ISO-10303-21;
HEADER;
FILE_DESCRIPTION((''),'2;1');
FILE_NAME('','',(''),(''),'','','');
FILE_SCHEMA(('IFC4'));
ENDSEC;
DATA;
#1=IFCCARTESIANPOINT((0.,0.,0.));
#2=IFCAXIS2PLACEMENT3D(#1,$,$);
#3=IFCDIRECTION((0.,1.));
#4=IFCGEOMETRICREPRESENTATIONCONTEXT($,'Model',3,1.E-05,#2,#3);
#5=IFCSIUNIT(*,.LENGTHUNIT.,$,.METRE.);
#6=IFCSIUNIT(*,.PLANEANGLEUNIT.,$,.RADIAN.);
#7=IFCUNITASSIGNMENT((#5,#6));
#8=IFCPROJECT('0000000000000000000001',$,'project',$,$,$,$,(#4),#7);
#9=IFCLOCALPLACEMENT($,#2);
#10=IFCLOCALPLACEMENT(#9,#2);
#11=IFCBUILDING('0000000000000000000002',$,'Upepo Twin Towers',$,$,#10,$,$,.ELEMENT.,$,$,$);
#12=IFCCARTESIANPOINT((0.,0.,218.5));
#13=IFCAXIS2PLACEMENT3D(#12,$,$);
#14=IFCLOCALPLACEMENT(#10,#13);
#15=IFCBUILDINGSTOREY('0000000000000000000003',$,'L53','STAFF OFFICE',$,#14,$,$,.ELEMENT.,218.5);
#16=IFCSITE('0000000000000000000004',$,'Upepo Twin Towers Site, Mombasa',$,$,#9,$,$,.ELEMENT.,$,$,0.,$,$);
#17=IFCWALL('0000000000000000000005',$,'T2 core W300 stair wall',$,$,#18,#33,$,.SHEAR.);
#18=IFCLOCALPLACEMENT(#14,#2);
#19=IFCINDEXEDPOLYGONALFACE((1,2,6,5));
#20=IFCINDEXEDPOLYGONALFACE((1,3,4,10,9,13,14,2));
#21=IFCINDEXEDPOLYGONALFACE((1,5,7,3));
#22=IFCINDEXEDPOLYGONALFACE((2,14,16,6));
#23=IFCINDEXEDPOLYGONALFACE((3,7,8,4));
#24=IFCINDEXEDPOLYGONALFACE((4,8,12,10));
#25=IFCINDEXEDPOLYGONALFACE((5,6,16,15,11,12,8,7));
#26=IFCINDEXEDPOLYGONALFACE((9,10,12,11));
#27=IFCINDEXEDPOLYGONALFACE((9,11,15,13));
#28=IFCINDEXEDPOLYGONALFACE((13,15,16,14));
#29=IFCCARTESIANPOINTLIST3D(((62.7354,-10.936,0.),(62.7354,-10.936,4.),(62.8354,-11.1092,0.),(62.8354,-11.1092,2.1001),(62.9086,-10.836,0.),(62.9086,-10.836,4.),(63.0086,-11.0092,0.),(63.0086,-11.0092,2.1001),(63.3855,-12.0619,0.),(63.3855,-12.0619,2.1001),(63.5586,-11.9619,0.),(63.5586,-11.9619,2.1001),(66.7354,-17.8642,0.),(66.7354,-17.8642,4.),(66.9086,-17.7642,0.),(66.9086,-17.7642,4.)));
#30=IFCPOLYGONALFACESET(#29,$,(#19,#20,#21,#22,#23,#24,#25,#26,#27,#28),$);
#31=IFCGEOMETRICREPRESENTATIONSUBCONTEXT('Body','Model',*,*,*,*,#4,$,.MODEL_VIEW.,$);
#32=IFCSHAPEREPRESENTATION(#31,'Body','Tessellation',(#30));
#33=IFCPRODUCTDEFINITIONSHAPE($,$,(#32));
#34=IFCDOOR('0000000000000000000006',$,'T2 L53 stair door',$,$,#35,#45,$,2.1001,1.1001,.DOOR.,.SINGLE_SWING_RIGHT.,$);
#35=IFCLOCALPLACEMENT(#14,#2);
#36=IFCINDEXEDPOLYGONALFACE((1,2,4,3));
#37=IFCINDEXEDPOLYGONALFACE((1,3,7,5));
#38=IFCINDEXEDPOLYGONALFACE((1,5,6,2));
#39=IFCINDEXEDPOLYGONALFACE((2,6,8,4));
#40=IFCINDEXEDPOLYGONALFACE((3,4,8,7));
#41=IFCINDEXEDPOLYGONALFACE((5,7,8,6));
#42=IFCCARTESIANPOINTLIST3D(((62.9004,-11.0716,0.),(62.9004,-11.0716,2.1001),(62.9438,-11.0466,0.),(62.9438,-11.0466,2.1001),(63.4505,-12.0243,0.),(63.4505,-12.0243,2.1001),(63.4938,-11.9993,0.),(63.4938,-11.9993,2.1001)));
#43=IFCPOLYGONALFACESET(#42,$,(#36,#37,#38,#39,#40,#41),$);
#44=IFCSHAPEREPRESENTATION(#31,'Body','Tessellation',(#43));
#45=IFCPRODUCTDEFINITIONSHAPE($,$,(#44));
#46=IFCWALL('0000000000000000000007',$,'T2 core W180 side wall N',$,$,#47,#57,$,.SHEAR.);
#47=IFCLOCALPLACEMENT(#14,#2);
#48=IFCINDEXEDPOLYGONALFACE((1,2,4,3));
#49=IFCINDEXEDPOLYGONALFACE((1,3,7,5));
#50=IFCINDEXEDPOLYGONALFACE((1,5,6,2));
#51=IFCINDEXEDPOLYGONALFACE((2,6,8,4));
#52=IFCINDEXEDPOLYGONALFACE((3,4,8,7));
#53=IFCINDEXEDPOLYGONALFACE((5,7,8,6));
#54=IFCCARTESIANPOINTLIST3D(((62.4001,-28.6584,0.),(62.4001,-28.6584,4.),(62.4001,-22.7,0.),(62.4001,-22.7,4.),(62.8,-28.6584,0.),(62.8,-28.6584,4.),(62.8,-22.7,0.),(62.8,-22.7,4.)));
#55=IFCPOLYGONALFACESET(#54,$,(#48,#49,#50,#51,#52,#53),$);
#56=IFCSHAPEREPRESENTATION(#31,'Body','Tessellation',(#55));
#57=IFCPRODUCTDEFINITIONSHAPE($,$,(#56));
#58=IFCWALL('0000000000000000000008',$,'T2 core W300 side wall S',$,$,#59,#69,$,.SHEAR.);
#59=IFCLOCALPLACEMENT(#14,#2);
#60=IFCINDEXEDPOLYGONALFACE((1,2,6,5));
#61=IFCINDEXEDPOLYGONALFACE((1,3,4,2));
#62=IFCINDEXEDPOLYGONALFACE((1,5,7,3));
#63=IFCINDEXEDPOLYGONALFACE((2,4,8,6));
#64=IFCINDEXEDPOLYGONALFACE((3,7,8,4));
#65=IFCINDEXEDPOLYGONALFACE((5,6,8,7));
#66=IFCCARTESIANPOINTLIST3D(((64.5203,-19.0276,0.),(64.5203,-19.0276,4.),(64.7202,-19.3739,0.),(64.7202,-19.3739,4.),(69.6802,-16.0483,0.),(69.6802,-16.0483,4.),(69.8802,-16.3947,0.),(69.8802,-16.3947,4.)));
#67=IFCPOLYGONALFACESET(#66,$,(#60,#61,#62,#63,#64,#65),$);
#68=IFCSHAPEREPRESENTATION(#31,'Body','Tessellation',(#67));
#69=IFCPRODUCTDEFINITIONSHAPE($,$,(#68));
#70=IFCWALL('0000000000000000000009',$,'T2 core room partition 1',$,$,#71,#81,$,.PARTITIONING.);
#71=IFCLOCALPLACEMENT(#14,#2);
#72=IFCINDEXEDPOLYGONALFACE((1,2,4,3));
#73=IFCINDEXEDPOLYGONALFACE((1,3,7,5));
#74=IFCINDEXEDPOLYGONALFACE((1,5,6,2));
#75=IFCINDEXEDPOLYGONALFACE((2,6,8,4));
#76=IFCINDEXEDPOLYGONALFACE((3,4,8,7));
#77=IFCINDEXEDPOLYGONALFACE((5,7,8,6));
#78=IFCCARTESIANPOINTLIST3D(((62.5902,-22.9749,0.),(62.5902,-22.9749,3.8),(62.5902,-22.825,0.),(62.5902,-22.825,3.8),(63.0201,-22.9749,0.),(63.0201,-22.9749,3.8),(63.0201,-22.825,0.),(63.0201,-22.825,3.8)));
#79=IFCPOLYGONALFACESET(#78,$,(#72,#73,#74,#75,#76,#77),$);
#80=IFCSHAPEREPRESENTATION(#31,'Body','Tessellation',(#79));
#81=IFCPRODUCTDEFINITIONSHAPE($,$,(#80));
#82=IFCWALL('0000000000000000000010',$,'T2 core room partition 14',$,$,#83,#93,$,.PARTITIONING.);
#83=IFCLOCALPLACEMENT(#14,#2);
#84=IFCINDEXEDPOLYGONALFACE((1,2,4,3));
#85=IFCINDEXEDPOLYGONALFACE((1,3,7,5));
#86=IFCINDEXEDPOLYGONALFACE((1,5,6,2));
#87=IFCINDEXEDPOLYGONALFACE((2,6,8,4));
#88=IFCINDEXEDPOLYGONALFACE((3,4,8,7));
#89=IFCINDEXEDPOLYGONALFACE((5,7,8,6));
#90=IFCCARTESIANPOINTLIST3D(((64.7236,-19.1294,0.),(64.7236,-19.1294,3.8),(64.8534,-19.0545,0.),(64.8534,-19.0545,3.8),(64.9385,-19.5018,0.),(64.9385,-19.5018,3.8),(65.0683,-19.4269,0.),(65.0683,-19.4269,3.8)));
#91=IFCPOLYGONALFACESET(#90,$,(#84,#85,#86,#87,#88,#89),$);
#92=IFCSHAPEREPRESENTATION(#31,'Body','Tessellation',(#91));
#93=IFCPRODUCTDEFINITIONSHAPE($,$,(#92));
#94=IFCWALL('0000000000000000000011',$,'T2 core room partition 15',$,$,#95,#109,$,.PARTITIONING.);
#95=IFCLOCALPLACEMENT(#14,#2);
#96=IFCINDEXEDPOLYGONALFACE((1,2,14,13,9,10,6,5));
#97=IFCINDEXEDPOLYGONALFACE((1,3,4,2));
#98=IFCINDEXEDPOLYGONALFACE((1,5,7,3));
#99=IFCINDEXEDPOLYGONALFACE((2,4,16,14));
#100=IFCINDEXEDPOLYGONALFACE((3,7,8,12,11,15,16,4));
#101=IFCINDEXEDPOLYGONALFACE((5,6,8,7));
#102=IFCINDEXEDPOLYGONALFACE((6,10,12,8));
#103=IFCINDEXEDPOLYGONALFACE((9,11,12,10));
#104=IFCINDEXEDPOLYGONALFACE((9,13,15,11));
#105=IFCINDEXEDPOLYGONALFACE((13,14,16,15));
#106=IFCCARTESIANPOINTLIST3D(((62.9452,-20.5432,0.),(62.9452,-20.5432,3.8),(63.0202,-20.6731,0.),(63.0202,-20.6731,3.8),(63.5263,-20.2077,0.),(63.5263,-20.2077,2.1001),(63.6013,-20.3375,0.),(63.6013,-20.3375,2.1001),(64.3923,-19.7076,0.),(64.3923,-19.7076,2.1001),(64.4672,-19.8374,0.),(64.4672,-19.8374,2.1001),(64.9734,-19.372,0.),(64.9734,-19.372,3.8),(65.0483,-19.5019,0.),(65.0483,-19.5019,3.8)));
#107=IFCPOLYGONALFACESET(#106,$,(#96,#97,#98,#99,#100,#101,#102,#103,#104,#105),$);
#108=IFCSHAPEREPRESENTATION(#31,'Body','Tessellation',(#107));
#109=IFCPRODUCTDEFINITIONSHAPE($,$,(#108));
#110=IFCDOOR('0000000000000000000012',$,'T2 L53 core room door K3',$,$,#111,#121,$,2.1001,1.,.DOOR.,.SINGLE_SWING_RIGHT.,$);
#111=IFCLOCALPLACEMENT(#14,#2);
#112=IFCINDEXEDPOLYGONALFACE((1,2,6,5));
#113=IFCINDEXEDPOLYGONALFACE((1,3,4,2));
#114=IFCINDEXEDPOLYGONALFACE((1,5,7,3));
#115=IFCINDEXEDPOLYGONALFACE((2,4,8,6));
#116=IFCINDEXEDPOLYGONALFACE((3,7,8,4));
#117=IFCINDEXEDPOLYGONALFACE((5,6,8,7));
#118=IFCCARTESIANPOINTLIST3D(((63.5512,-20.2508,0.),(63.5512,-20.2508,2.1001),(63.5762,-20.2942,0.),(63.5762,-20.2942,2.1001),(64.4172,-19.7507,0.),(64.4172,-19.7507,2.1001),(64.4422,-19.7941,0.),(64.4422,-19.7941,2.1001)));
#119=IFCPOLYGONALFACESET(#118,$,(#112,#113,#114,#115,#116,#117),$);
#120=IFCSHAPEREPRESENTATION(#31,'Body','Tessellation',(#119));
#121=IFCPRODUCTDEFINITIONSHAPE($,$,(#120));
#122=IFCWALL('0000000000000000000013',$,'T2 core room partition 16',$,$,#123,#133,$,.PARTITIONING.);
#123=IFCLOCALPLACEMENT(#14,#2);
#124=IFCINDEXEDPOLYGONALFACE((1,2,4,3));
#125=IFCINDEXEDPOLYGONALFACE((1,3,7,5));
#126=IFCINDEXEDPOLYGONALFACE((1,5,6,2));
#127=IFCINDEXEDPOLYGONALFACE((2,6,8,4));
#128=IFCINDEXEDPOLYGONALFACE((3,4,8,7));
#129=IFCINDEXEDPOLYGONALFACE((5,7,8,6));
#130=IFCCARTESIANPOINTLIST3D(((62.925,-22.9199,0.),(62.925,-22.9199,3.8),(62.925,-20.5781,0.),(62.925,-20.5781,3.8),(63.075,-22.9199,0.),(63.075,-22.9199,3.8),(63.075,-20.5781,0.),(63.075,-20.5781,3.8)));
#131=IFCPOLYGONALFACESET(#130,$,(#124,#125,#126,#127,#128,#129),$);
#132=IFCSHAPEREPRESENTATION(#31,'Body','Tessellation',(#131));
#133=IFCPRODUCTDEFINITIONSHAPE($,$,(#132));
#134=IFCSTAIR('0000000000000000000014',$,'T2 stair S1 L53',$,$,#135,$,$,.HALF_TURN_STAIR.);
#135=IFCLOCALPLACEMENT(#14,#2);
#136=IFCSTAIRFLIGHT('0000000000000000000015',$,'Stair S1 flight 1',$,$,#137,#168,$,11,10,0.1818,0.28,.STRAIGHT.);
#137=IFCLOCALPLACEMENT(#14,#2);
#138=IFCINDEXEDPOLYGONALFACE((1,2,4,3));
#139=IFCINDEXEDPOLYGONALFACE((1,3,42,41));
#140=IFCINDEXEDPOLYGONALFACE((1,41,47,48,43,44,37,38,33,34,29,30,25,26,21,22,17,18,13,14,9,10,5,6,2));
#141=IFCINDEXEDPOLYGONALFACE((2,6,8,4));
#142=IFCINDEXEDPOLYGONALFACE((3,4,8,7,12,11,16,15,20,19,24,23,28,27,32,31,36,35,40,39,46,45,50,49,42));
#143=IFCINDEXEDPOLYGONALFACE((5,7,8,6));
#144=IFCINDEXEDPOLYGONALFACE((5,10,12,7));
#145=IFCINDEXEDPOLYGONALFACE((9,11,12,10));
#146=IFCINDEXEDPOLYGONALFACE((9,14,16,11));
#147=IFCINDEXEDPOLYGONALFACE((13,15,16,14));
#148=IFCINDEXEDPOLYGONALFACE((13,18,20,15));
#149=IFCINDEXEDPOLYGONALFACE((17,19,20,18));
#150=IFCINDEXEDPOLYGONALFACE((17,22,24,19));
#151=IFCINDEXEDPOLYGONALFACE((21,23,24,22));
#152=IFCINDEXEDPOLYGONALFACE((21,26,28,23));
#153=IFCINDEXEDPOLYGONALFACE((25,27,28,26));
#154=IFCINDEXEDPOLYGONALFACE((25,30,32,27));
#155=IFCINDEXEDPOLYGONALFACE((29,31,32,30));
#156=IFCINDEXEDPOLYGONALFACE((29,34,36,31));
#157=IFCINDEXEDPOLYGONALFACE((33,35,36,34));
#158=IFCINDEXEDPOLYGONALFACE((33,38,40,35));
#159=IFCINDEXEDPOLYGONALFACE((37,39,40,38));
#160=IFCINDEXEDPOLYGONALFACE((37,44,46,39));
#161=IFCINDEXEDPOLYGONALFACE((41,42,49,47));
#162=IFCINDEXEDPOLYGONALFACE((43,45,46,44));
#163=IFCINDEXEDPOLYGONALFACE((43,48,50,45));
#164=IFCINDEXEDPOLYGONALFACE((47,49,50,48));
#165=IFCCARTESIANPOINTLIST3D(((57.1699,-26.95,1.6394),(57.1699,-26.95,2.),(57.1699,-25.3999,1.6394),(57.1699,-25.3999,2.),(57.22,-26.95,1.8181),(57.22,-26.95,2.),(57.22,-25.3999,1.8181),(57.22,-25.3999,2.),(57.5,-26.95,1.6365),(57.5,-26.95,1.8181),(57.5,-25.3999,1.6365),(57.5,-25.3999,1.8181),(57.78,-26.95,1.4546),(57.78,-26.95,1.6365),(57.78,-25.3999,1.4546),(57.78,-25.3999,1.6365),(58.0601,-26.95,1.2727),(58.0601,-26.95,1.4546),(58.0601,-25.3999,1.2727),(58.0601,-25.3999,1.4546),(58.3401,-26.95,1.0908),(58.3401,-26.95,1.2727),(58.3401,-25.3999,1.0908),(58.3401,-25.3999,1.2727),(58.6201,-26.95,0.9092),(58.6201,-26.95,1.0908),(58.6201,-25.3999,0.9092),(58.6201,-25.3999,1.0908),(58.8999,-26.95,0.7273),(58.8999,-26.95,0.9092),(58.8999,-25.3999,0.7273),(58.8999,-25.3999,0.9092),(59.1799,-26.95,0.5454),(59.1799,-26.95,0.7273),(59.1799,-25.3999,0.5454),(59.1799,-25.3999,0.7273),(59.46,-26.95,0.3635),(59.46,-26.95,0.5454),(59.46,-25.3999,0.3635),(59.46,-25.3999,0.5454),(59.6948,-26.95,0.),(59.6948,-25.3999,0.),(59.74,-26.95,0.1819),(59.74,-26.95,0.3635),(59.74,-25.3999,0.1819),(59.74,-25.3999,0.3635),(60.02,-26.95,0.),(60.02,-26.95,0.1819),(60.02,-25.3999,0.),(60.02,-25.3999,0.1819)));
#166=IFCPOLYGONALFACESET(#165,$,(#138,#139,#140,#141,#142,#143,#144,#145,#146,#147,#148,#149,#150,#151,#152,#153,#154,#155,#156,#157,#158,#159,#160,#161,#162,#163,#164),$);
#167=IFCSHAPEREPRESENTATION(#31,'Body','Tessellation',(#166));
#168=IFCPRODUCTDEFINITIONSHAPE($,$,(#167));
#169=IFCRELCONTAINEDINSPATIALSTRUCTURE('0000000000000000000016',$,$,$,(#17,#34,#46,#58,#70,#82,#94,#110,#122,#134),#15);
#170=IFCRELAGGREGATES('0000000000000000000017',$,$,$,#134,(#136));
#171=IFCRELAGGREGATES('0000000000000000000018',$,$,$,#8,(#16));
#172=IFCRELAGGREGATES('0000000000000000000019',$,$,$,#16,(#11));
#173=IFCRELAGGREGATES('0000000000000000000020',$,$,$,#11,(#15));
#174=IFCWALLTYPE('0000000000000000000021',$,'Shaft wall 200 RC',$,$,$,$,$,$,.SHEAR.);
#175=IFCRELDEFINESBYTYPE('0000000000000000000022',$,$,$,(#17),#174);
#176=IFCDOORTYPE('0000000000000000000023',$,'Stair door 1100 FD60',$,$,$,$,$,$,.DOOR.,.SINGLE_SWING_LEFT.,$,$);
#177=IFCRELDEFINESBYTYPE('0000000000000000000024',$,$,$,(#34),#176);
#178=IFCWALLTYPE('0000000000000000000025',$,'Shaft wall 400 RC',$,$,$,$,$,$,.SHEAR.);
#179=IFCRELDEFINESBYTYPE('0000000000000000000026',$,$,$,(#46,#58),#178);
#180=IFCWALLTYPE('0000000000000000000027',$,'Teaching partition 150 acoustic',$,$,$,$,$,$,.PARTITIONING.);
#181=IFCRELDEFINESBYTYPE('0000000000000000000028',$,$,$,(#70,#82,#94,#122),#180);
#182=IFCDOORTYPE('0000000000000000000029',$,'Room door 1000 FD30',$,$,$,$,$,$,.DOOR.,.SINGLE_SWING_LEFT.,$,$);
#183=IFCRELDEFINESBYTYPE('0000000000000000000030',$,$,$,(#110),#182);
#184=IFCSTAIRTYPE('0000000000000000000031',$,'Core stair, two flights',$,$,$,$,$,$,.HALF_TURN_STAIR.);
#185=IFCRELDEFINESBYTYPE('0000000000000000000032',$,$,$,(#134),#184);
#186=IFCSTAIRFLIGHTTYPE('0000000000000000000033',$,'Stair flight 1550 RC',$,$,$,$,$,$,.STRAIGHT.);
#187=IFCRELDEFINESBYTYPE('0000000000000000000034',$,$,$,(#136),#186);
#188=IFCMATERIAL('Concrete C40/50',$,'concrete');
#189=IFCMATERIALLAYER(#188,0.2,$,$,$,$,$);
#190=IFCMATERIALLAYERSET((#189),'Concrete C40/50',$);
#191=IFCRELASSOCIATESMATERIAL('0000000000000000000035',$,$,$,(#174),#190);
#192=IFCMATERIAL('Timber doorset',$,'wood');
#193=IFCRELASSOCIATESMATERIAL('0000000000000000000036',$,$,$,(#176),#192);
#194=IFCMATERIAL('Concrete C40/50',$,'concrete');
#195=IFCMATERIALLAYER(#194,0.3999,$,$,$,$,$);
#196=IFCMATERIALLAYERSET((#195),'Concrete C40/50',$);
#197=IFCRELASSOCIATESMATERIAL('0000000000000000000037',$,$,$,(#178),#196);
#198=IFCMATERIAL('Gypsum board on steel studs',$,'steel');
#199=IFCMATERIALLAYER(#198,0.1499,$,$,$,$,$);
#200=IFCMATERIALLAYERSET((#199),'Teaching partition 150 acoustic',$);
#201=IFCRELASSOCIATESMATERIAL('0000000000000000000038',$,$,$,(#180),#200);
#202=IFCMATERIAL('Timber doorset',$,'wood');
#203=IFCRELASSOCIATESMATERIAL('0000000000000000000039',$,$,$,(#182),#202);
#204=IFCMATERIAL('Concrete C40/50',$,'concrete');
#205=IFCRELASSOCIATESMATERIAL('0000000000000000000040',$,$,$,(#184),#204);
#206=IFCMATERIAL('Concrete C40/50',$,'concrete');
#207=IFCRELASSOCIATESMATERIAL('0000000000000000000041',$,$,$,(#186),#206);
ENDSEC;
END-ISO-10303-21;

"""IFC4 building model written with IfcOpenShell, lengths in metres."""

from ifc_helpers import new_model, si_unit, direction, frame, frame_2d, origin, place, context, subcontext, project, spatial, polyline, rectangle, outline, extrude, material, layer, layer_set, type_object, element, fill, aggregate, save


model = new_model("IFC4")

# Units and contexts
model_context = context("Model", 3, precision=1e-05, world=origin(), true_north=direction((0.0, 1.0)))
body_context = subcontext(model_context, "Body", "Model", "MODEL_VIEW")
ifc_project = project(units=[si_unit("LENGTHUNIT", "METRE"), si_unit("PLANEANGLEUNIT", "RADIAN")], contexts=[model_context])

# Site, building, storey
site_placement = place(None, origin())
site = spatial("IfcSite", under=ifc_project, at=site_placement, Name="Upepo Twin Towers Site, Mombasa", CompositionType="ELEMENT", RefElevation=0.0)
building_placement = place(site_placement, origin())
building = spatial("IfcBuilding", under=site, at=building_placement, Name="Upepo Twin Towers", CompositionType="ELEMENT")
storey_placement = place(building_placement, frame((0.0, 0.0, 218.5)))
storey = spatial("IfcBuildingStorey", under=building, at=storey_placement, Name="L53", Description="STAFF OFFICE", CompositionType="ELEMENT", Elevation=218.5)

# Shared definitions
ifc_material_1 = material(Name="Concrete C40/50", Category="concrete")
ifc_layer_1 = layer(ifc_material_1, 0.2)
ifc_layer_set_1 = layer_set([ifc_layer_1], Name="Concrete C40/50")
wall_type_1 = type_object("IfcWallType", Name="Shaft wall 200 RC", PredefinedType="SHEAR", material=ifc_layer_set_1)

# Wall, opening, door
wall_1_placement = place(storey_placement, frame((66.822, -17.8142, 0.0), z_axis=(0.0, 0.0, 1.0), x_axis=(-0.499999, 0.866026, 0.0)))
wall_1 = element("IfcWall", 1, at=wall_1_placement, inside=storey, type_object=wall_type_1, Name="T2 core W300 stair wall", PredefinedType="SHEAR", context=body_context, shape_type="SweptSolid", body=[
    extrude(rectangle(XDim=8.0, YDim=0.2, at=frame_2d((4.0, 0.0))), origin(), (0.0, 0.0, 1.0), 4.0),
])
opening_1_placement = place(wall_1_placement, frame((6.7, 0.0, 0.0)))
opening_1 = element("IfcOpeningElement", 2, at=opening_1_placement, cuts=wall_1, PredefinedType="OPENING", context=body_context, shape_type="SweptSolid", body=[
    extrude(rectangle(XDim=1.1001, YDim=2.1001, at=frame_2d((0.55, 1.05))), frame((0.0, 0.1099, 0.0), z_axis=(0.0, -1.0, 0.0), x_axis=(1.0, 0.0, 0.0)), (0.0, 0.0, 1.0), 0.22),
])
ifc_material_2 = material(Name="Timber doorset", Category="wood")
door_type_1 = type_object("IfcDoorType", Name="Stair door 1100 FD60", OperationType="SINGLE_SWING_LEFT", PredefinedType="DOOR", material=ifc_material_2)
door_1_placement = place(opening_1_placement, origin())
door_1 = element("IfcDoor", 3, at=door_1_placement, inside=storey, type_object=door_type_1, Name="T2 L53 stair door", OperationType="SINGLE_SWING_RIGHT", OverallHeight=2.1001, OverallWidth=1.1001, PredefinedType="DOOR", context=body_context, shape_type="SweptSolid", body=[
    extrude(rectangle(XDim=1.1001, YDim=2.1001, at=frame_2d((0.55, 1.05))), frame((0.0, 0.0249, 0.0), z_axis=(0.0, -1.0, 0.0), x_axis=(1.0, 0.0, 0.0)), (0.0, 0.0, 1.0), 0.05),
])
fill(opening_1, door_1)

# Walls
ifc_material_3 = material(Name="Concrete C40/50", Category="concrete")
ifc_layer_2 = layer(ifc_material_3, 0.3999)
ifc_layer_set_2 = layer_set([ifc_layer_2], Name="Concrete C40/50")
wall_type_2 = type_object("IfcWallType", Name="Shaft wall 400 RC", PredefinedType="SHEAR", material=ifc_layer_set_2)
wall_2_placement = place(storey_placement, frame((62.6001, -22.7, 0.0), z_axis=(0.0, 0.0, 1.0), x_axis=(0.0, -1.0, 0.0)))
element("IfcWall", 4, at=wall_2_placement, inside=storey, type_object=wall_type_2, Name="T2 core W180 side wall N", PredefinedType="SHEAR", context=body_context, shape_type="SweptSolid", body=[
    extrude(rectangle(XDim=5.9585, YDim=0.3999, at=frame_2d((2.9792, 0.0))), origin(), (0.0, 0.0, 1.0), 4.0),
])
wall_3_placement = place(storey_placement, frame((64.6204, -19.2007, 0.0), z_axis=(0.0, 0.0, 1.0), x_axis=(0.866013, 0.500022, 0.0)))
element("IfcWall", 5, at=wall_3_placement, inside=storey, type_object=wall_type_2, Name="T2 core W300 side wall S", PredefinedType="SHEAR", context=body_context, shape_type="SweptSolid", body=[
    extrude(rectangle(XDim=5.9583, YDim=0.3999, at=frame_2d((2.979, 0.0))), origin(), (0.0, 0.0, 1.0), 4.0),
])
ifc_material_4 = material(Name="Gypsum board on steel studs", Category="steel")
ifc_layer_3 = layer(ifc_material_4, 0.1499)
ifc_layer_set_3 = layer_set([ifc_layer_3], Name="Teaching partition 150 acoustic")
wall_type_3 = type_object("IfcWallType", Name="Teaching partition 150 acoustic", PredefinedType="PARTITIONING", material=ifc_layer_set_3)
for number, where, z_axis, x_axis, name in (
    (6, (63.02, -22.8999, 0.0), (0.0, 0.0, 1.0), (-1.0, 0.0, 0.0), "T2 core room partition 1"),
    (7, (64.7886, -19.092, 0.0), (0.0, 0.0, 1.0), (0.499804, -0.866138, 0.0), "T2 core room partition 14"),
):
    element("IfcWall", number, at=place(storey_placement, frame(where, z_axis=z_axis, x_axis=x_axis)), inside=storey, type_object=wall_type_3, Name=name, PredefinedType="PARTITIONING", context=body_context, shape_type="SweptSolid", body=[
        extrude(rectangle(XDim=0.4299, YDim=0.1499, at=frame_2d((0.2148, 0.0))), origin(), (0.0, 0.0, 1.0), 3.8),
    ])

# Wall, opening, door
wall_4_placement = place(storey_placement, frame((65.0107, -19.437, 0.0), z_axis=(0.0, 0.0, 1.0), x_axis=(-0.865982, -0.500074, 0.0)))
wall_4 = element("IfcWall", 8, at=wall_4_placement, inside=storey, type_object=wall_type_3, Name="T2 core room partition 15", PredefinedType="PARTITIONING", context=body_context, shape_type="SweptSolid", body=[
    extrude(rectangle(XDim=2.342, YDim=0.1499, at=frame_2d((1.1709, 0.0))), origin(), (0.0, 0.0, 1.0), 3.8),
])
opening_2_placement = place(wall_4_placement, frame((0.6709, 0.0, 0.0)))
opening_2 = element("IfcOpeningElement", 9, at=opening_2_placement, cuts=wall_4, PredefinedType="OPENING", context=body_context, shape_type="SweptSolid", body=[
    extrude(rectangle(XDim=1.0, YDim=2.1001, at=frame_2d((0.5, 1.05))), frame((0.0, 0.085, 0.0), z_axis=(0.0, -1.0, 0.0), x_axis=(1.0, 0.0, 0.0)), (0.0, 0.0, 1.0), 0.1699),
])
ifc_material_5 = material(Name="Timber doorset", Category="wood")
door_type_2 = type_object("IfcDoorType", Name="Room door 1000 FD30", OperationType="SINGLE_SWING_LEFT", PredefinedType="DOOR", material=ifc_material_5)
door_2_placement = place(opening_2_placement, origin())
door_2 = element("IfcDoor", 10, at=door_2_placement, inside=storey, type_object=door_type_2, Name="T2 L53 core room door K3", OperationType="SINGLE_SWING_RIGHT", OverallHeight=2.1001, OverallWidth=1.0, PredefinedType="DOOR", context=body_context, shape_type="SweptSolid", body=[
    extrude(rectangle(XDim=1.0, YDim=2.1001, at=frame_2d((0.5, 1.05))), frame((0.0, 0.0249, 0.0), z_axis=(0.0, -1.0, 0.0), x_axis=(1.0, 0.0, 0.0)), (0.0, 0.0, 1.0), 0.05),
])
fill(opening_2, door_2)

# Wall
wall_5_placement = place(storey_placement, frame((63.0, -20.5781, 0.0), z_axis=(0.0, 0.0, 1.0), x_axis=(0.0, -1.0, 0.0)))
element("IfcWall", 11, at=wall_5_placement, inside=storey, type_object=wall_type_3, Name="T2 core room partition 16", PredefinedType="PARTITIONING", context=body_context, shape_type="SweptSolid", body=[
    extrude(rectangle(XDim=2.3418, YDim=0.1499, at=frame_2d((1.1709, 0.0))), origin(), (0.0, 0.0, 1.0), 3.8),
])

# Stair, stair flight
ifc_material_6 = material(Name="Concrete C40/50", Category="concrete")
stair_type = type_object("IfcStairType", Name="Core stair, two flights", PredefinedType="HALF_TURN_STAIR", material=ifc_material_6)
stair_placement = place(storey_placement, origin())
stair = element("IfcStair", 12, at=stair_placement, inside=storey, type_object=stair_type, Name="T2 stair S1 L53", PredefinedType="HALF_TURN_STAIR")
ifc_material_7 = material(Name="Concrete C40/50", Category="concrete")
stair_flight_type = type_object("IfcStairFlightType", Name="Stair flight 1550 RC", PredefinedType="STRAIGHT", material=ifc_material_7)
stair_flight_placement = place(storey_placement, frame((60.02, -26.175, 0.0), z_axis=(0.0, 0.0, 1.0), x_axis=(-1.0, 0.0, 0.0)))
stair_flight = element("IfcStairFlight", 13, at=stair_flight_placement, type_object=stair_flight_type, Name="Stair S1 flight 1", NumberOfRisers=11, NumberOfTreads=10, PredefinedType="STRAIGHT", RiserHeight=0.1818, TreadLength=0.28, context=body_context, shape_type="SweptSolid", body=[
    extrude(outline(polyline([(0.0, 0.0), (0.0, 0.1819), (0.28, 0.1819), (0.28, 0.3635), (0.5601, 0.3635), (0.5601, 0.5454), (0.8401, 0.5454), (0.8401, 0.7273), (1.1201, 0.7273), (1.1201, 0.9092), (1.3999, 0.9092), (1.3999, 1.0908), (1.6799, 1.0908), (1.6799, 1.2727), (1.96, 1.2727), (1.96, 1.4546), (2.24, 1.4546), (2.24, 1.6365), (2.52, 1.6365), (2.52, 1.8181), (2.8, 1.8181), (2.8, 2.0), (2.8501, 2.0), (2.8501, 1.6394), (0.3252, 0.0), (0.0, 0.0)])), frame((0.0, 0.7749, 0.0), z_axis=(0.0, -1.0, 0.0), x_axis=(1.0, 0.0, 0.0)), (0.0, 0.0, 1.0), 1.55),
])
aggregate(stair, [stair_flight])

save(model, "model.ifc")
